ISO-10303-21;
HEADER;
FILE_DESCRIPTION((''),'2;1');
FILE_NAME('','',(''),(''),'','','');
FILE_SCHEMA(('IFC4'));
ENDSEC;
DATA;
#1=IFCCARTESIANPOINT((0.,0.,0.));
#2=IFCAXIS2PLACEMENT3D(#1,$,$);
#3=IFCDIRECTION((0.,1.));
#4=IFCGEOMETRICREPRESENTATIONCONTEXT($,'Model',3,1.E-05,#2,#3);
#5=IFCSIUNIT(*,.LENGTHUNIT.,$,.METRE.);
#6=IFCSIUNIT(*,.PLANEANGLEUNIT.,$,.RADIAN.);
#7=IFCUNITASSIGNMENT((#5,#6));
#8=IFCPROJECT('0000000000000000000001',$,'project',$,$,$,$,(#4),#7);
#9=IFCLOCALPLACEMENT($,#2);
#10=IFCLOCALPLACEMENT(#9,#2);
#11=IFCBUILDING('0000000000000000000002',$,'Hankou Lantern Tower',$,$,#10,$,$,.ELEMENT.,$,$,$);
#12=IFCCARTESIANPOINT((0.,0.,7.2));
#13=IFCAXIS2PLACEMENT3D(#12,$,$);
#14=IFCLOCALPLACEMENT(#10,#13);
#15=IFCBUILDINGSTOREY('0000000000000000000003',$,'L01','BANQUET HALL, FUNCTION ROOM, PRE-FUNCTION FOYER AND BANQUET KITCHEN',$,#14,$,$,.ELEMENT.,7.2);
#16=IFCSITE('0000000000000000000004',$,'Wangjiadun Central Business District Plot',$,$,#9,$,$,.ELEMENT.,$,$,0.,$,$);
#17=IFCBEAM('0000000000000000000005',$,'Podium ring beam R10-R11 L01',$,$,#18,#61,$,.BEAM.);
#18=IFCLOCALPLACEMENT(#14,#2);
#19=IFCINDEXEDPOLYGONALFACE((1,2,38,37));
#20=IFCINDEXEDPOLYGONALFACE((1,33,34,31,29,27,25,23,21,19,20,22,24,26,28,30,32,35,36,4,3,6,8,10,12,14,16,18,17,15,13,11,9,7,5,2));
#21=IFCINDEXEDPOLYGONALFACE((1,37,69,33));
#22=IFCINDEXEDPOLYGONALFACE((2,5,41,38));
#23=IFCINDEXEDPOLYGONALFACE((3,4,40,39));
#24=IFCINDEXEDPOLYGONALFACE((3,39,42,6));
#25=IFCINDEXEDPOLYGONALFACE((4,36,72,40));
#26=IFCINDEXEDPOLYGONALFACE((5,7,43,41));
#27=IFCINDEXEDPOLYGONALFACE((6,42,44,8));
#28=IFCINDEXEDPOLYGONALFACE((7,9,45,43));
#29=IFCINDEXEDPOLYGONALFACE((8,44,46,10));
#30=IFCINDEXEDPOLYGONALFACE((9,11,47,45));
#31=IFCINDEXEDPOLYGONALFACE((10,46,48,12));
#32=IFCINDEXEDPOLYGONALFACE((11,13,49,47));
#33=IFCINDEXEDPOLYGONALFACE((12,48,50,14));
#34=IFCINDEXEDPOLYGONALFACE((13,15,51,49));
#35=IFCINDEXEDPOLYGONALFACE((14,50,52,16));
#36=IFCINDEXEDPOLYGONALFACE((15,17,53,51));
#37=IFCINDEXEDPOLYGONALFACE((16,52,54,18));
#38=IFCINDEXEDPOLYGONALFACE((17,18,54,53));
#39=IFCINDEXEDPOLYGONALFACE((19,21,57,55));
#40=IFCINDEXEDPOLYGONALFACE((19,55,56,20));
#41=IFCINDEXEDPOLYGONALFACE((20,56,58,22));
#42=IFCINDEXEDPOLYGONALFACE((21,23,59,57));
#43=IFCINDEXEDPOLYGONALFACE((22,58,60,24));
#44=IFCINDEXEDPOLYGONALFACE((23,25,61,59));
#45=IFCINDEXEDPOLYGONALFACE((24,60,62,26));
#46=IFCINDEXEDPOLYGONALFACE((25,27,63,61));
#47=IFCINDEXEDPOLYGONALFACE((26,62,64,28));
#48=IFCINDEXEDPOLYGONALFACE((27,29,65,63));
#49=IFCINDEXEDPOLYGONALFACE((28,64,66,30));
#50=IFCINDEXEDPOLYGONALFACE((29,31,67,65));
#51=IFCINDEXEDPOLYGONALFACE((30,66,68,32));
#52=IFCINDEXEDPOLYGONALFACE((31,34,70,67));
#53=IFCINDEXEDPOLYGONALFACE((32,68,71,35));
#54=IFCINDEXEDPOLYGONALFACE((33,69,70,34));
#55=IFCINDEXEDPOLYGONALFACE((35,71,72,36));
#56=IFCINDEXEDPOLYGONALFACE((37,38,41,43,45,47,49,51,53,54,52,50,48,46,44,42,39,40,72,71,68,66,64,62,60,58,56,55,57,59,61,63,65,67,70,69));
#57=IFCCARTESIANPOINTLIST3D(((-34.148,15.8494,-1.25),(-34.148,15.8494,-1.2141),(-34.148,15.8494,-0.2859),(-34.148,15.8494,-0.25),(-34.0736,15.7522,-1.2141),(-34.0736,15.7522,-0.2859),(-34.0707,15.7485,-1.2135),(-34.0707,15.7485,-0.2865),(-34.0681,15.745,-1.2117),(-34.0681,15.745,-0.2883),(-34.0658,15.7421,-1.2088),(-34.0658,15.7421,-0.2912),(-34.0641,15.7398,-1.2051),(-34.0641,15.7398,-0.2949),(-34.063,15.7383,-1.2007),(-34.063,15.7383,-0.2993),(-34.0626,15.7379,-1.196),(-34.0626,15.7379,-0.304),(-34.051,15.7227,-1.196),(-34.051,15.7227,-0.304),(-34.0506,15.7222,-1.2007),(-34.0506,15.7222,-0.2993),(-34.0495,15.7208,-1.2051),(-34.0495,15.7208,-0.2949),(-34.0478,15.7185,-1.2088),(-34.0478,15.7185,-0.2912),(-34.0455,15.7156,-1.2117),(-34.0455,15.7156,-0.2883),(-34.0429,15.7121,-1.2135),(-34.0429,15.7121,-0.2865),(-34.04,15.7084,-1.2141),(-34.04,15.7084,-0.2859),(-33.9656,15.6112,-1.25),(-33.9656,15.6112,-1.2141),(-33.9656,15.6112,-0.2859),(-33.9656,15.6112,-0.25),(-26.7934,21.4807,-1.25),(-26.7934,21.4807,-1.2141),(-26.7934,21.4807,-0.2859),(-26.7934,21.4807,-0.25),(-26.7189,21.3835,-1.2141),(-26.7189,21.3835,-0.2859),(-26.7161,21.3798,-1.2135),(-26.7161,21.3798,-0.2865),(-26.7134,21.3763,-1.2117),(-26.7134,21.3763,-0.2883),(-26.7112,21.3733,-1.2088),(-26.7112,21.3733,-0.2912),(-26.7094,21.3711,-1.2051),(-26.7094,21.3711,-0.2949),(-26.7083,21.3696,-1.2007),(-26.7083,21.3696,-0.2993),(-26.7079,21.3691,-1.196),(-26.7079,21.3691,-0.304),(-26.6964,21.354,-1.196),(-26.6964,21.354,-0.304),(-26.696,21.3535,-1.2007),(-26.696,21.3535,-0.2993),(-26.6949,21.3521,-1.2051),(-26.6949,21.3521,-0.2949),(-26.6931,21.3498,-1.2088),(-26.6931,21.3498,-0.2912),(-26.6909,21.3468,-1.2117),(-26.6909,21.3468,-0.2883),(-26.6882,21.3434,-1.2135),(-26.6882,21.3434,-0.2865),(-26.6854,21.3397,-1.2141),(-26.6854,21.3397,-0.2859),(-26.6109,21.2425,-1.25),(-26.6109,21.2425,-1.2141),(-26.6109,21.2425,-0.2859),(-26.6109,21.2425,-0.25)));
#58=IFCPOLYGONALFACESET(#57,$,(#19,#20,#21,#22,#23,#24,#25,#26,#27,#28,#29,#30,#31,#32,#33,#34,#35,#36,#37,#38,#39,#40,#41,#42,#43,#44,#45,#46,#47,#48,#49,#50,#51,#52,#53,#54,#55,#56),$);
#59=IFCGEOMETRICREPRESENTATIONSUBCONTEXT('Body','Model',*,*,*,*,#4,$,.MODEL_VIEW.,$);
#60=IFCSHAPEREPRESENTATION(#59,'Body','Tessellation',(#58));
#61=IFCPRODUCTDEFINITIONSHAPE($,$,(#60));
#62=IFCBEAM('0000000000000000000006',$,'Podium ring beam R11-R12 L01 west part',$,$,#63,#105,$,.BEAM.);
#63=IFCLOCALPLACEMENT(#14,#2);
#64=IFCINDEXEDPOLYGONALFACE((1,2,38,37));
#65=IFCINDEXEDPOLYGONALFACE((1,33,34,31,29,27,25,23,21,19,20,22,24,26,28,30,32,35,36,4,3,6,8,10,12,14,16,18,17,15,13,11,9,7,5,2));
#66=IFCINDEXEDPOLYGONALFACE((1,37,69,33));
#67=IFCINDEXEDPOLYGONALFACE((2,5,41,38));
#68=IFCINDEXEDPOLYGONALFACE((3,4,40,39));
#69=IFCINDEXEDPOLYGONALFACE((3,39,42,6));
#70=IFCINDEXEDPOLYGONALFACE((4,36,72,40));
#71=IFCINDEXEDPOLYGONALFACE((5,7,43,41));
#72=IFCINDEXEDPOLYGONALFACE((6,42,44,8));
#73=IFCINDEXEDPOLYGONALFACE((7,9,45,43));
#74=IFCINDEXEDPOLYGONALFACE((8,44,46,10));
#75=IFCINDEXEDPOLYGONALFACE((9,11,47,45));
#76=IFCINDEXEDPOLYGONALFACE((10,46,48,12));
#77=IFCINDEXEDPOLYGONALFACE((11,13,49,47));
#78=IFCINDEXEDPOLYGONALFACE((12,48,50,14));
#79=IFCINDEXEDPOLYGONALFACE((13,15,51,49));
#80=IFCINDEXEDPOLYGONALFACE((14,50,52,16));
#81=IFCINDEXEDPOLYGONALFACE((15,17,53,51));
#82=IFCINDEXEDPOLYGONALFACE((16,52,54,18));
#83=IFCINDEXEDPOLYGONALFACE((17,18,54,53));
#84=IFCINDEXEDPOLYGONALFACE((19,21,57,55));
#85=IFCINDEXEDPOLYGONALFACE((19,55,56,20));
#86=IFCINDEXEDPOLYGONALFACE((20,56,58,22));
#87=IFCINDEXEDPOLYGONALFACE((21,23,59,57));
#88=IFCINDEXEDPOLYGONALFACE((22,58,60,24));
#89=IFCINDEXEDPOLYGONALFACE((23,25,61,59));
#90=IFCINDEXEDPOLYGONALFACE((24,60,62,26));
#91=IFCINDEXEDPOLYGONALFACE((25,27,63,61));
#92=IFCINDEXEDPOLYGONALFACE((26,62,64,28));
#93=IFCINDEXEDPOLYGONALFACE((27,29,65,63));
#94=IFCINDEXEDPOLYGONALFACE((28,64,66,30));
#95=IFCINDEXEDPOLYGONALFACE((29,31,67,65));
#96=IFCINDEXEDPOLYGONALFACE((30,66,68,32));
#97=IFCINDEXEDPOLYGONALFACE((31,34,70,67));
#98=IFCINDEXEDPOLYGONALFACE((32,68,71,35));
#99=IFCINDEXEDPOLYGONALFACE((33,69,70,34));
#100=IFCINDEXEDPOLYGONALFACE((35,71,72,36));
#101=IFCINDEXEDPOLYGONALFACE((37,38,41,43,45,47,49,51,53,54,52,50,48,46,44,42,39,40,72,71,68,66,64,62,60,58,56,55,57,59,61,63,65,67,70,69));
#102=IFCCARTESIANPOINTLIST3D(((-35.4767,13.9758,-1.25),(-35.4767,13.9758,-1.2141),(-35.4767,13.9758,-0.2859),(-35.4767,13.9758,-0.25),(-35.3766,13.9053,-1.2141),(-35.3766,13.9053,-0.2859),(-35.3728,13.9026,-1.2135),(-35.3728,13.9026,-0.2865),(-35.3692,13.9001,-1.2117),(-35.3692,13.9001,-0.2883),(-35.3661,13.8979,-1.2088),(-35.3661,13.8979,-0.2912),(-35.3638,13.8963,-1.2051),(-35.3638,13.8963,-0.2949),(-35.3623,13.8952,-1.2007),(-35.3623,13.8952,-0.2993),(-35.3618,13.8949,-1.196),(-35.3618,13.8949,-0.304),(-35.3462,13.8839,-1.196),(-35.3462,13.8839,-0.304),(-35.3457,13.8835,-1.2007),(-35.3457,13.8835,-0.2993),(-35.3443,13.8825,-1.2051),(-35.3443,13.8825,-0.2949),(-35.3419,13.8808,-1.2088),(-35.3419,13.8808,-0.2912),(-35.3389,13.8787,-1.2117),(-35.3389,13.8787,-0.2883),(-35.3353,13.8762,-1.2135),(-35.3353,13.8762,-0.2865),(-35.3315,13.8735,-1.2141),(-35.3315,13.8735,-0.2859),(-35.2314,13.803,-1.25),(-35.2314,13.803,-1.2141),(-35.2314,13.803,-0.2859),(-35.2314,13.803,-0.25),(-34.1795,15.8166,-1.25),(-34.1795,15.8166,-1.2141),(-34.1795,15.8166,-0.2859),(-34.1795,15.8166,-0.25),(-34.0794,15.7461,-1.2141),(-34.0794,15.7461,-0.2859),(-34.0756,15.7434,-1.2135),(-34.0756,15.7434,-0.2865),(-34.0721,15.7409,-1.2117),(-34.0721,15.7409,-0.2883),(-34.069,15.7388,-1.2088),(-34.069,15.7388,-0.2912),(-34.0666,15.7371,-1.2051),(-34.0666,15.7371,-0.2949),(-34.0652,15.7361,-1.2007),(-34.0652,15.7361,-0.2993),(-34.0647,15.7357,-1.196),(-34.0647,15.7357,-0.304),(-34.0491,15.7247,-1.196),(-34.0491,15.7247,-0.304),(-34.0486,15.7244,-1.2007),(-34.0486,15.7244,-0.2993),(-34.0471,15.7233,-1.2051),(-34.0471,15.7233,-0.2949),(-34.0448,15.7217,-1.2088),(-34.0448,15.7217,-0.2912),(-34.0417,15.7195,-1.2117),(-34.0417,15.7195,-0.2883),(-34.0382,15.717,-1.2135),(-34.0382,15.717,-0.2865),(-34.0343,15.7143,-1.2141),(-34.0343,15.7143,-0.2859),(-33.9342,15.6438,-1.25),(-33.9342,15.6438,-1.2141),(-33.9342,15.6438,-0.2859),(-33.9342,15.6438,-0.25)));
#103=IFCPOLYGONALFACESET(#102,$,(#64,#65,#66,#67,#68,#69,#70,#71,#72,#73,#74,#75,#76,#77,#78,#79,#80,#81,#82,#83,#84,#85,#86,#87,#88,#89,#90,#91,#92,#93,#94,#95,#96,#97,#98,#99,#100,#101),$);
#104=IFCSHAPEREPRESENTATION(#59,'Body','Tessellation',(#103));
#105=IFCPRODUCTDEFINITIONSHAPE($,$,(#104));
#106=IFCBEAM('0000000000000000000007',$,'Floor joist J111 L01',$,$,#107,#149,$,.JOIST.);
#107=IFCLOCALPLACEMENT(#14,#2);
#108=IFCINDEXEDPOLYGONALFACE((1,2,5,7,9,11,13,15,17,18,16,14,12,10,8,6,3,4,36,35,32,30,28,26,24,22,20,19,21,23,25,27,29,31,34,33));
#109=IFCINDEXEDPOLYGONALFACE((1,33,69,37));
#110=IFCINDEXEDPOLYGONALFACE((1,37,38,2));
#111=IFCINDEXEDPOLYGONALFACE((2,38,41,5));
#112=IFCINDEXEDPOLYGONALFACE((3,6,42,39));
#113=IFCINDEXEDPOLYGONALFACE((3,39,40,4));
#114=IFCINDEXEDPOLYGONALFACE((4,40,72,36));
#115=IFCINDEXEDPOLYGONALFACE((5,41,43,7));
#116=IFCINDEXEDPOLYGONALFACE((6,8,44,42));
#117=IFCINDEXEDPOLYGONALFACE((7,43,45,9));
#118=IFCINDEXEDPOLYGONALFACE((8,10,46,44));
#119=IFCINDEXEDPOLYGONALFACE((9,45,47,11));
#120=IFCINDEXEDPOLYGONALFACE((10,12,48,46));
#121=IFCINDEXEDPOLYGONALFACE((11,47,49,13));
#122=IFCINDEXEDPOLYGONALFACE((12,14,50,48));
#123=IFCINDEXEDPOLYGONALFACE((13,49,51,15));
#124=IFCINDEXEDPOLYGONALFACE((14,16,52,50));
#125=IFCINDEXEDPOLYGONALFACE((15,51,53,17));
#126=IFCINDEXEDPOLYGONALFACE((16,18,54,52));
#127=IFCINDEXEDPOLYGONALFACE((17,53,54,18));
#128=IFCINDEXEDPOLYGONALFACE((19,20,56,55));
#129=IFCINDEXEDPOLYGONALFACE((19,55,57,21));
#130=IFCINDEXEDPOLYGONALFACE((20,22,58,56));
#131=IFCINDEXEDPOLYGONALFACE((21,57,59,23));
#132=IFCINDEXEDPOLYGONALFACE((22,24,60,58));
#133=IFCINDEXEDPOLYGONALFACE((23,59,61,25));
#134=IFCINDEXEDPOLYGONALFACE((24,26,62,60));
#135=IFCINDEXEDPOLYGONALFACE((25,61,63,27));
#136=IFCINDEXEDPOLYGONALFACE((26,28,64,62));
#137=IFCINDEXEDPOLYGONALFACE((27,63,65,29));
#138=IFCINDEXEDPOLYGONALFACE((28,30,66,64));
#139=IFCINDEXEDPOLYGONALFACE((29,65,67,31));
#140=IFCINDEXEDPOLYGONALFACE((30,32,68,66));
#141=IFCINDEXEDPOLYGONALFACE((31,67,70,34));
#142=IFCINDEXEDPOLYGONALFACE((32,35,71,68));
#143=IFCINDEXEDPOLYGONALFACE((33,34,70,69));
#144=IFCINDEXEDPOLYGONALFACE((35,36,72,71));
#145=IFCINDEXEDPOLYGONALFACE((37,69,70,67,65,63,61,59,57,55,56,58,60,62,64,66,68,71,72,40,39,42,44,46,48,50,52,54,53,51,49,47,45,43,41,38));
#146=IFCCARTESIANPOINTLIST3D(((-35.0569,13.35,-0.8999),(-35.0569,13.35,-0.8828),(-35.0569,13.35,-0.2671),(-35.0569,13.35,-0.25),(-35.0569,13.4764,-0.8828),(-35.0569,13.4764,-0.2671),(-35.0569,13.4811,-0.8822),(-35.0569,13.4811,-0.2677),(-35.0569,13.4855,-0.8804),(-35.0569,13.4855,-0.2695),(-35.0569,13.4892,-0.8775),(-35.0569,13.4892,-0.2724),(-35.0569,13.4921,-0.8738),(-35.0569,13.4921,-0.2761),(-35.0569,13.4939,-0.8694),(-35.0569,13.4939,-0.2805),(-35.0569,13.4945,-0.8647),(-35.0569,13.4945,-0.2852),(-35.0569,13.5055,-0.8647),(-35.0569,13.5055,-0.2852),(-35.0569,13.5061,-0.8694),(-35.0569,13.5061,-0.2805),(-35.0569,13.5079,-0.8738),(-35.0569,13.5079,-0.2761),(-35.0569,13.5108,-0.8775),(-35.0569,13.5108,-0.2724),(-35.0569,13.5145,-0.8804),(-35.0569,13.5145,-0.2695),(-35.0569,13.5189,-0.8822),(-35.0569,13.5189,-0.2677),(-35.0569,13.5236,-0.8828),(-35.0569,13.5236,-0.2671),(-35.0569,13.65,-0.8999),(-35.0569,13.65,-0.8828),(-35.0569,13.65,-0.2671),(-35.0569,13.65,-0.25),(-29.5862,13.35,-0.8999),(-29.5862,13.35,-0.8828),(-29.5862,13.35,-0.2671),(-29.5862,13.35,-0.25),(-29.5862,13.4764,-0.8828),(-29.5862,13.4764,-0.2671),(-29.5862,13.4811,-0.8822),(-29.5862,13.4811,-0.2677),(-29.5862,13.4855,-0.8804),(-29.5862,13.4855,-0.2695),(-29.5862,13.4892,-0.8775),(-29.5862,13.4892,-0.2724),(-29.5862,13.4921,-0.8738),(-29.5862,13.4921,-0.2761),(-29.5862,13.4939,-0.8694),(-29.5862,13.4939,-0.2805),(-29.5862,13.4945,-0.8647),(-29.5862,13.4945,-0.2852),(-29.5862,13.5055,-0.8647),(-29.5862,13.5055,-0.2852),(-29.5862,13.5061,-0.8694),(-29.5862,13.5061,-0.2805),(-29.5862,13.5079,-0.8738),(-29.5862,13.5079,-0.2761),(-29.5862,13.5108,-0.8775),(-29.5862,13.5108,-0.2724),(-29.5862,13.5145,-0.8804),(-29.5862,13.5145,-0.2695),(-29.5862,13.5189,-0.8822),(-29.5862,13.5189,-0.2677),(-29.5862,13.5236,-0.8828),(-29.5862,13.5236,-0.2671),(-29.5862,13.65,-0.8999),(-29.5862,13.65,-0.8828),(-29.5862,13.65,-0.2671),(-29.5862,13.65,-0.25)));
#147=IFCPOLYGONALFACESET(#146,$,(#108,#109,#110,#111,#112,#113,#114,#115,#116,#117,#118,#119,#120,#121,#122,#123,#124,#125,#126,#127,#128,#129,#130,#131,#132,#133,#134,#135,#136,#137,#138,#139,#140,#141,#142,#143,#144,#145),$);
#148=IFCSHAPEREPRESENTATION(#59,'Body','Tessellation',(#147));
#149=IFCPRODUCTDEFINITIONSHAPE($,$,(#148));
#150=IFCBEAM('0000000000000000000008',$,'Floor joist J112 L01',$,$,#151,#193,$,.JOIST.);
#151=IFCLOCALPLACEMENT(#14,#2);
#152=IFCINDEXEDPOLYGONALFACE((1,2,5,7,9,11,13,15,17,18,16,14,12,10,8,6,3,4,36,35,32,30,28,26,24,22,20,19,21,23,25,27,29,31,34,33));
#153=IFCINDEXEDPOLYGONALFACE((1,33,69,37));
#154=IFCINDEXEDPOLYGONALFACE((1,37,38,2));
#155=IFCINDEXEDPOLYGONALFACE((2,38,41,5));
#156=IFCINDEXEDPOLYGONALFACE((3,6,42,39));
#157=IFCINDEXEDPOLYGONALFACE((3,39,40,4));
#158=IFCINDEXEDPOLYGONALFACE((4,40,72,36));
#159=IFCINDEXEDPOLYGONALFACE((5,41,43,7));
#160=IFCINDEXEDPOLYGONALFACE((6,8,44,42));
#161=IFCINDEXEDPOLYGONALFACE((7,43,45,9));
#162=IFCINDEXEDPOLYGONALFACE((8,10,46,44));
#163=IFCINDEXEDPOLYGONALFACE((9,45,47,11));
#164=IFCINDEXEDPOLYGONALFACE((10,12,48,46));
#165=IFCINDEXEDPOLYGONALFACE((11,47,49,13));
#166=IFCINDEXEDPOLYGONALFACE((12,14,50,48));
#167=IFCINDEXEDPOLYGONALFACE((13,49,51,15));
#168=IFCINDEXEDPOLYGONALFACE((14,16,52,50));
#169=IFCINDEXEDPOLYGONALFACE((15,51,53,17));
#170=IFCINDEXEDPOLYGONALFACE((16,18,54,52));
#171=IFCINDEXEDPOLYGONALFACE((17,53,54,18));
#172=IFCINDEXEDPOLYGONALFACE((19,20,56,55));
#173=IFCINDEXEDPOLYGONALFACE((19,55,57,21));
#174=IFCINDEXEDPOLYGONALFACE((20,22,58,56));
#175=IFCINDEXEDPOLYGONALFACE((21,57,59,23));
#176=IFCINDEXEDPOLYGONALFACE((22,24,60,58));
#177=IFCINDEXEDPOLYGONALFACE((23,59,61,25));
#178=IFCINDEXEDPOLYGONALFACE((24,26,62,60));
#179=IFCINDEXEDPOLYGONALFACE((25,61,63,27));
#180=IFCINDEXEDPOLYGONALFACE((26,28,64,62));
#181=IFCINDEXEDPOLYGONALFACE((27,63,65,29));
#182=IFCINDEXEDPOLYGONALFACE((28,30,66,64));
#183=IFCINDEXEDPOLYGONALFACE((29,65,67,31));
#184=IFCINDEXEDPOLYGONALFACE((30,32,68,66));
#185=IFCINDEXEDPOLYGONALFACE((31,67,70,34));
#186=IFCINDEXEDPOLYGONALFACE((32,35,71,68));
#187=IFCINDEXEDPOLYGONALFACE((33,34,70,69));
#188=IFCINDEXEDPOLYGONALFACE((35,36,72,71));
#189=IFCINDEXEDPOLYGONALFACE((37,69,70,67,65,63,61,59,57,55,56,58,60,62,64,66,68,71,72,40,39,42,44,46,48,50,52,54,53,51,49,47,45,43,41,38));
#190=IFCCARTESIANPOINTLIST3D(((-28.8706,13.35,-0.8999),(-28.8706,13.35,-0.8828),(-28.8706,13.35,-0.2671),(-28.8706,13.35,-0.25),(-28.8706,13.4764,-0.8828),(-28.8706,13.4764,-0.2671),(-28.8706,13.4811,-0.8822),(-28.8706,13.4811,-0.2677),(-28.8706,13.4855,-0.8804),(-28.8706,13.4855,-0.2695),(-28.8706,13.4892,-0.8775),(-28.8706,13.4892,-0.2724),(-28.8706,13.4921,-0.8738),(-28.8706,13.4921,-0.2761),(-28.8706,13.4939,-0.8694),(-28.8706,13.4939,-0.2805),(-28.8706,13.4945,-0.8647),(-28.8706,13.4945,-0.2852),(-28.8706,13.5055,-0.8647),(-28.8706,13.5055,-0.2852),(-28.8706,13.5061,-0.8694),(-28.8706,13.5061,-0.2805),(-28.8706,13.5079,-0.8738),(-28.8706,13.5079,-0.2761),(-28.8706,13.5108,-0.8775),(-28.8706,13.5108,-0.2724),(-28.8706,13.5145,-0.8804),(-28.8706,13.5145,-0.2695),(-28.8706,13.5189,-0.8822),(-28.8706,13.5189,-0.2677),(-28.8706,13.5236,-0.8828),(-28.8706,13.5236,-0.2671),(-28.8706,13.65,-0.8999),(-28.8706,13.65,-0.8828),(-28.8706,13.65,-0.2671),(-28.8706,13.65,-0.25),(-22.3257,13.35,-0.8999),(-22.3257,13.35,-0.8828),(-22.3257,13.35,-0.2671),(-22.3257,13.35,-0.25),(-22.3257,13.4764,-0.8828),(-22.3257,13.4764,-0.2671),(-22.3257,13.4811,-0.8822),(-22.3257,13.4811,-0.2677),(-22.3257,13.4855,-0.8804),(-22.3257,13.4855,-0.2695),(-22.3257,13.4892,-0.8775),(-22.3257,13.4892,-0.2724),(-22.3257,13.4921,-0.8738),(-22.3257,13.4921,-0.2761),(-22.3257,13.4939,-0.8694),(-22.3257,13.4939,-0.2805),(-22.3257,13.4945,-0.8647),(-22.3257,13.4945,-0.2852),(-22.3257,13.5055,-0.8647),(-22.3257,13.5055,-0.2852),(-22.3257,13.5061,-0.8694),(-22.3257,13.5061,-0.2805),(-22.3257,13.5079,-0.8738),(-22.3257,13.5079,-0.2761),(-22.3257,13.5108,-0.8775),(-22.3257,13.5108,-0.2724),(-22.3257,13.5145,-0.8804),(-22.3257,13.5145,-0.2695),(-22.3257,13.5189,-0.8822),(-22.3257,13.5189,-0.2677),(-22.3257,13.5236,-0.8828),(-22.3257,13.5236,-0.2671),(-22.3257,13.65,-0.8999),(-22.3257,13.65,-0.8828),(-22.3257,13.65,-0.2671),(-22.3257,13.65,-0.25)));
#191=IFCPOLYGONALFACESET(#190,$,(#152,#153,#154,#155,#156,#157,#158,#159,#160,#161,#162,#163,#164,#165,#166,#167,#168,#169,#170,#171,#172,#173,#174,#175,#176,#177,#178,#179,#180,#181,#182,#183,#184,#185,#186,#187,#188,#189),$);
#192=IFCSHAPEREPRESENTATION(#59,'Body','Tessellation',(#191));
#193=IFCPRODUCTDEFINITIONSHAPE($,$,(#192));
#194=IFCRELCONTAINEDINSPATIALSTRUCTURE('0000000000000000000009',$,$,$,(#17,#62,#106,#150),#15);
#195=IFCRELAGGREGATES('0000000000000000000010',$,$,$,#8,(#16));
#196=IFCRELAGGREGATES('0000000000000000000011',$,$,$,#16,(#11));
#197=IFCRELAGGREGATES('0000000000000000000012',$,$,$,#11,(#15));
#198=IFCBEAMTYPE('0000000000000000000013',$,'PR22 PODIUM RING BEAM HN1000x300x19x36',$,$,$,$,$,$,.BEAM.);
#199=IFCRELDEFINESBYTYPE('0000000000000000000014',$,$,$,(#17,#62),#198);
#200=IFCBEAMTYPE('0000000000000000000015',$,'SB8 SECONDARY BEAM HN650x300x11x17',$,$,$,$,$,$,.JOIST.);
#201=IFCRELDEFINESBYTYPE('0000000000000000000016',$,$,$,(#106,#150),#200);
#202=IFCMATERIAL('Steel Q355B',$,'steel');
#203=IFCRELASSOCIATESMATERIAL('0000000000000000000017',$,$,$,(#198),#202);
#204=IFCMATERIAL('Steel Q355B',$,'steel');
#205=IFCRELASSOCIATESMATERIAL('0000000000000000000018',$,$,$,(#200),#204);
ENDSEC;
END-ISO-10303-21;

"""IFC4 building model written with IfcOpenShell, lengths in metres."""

from ifc_helpers import new_model, si_unit, direction, frame, origin, origin_2d, place, context, subcontext, project, spatial, i_section, extrude, material, material_profile, profile_set, type_object, element, save


model = new_model("IFC4")

# Units and contexts
model_context = context("Model", 3, precision=1e-05, world=origin(), true_north=direction((0.0, 1.0)))
body_context = subcontext(model_context, "Body", "Model", "MODEL_VIEW")
ifc_project = project(units=[si_unit("LENGTHUNIT", "METRE"), si_unit("PLANEANGLEUNIT", "RADIAN")], contexts=[model_context])

# Site, building, storey
site_placement = place(None, origin())
site = spatial("IfcSite", under=ifc_project, at=site_placement, Name="Wangjiadun Central Business District Plot", CompositionType="ELEMENT", RefElevation=0.0)
building_placement = place(site_placement, origin())
building = spatial("IfcBuilding", under=site, at=building_placement, Name="Hankou Lantern Tower", CompositionType="ELEMENT")
storey_placement = place(building_placement, frame((0.0, 0.0, 7.2)))
storey = spatial("IfcBuildingStorey", under=building, at=storey_placement, Name="L01", Description="BANQUET HALL, FUNCTION ROOM, PRE-FUNCTION FOYER AND BANQUET KITCHEN", CompositionType="ELEMENT", Elevation=7.2)

# Beams
ifc_material_1 = material(Name="Steel Q355B", Category="steel")
ifc_material_profile_1 = material_profile(ifc_material_1, i_section(OverallWidth=0.3, OverallDepth=1.0, WebThickness=0.019, FlangeThickness=0.0359, FilletRadius=0.0181, at=origin_2d()), Name="HN1000x300x19x36")
ifc_profile_set_1 = profile_set([ifc_material_profile_1], Name="Steel Q355B")
beam_type_1 = type_object("IfcBeamType", Name="PR22 PODIUM RING BEAM HN1000x300x19x36", PredefinedType="BEAM", material=ifc_profile_set_1)
beam_1_placement = place(storey_placement, frame((-26.7021, 21.3616, -0.75), z_axis=(-0.793986, -0.607936, 0.0), x_axis=(0.607936, -0.793986, 0.0)))
element("IfcBeam", 1, at=beam_1_placement, inside=storey, type_object=beam_type_1, Name="Podium ring beam R10-R11 L01", PredefinedType="BEAM", context=body_context, shape_type="SweptSolid", body=[
    extrude(i_section(OverallWidth=0.3, OverallDepth=1.0, WebThickness=0.019, FlangeThickness=0.0359, FilletRadius=0.0181, at=origin_2d()), origin(), (0.0, 0.0, 1.0), 9.2629),
])
beam_2_placement = place(storey_placement, frame((-34.0569, 15.7302, -0.75), z_axis=(-0.576006, -0.817445, 0.0), x_axis=(0.817445, -0.576006, 0.0)))
element("IfcBeam", 2, at=beam_2_placement, inside=storey, type_object=beam_type_1, Name="Podium ring beam R11-R12 L01 west part", PredefinedType="BEAM", context=body_context, shape_type="SweptSolid", body=[
    extrude(i_section(OverallWidth=0.3, OverallDepth=1.0, WebThickness=0.019, FlangeThickness=0.0359, FilletRadius=0.0181, at=origin_2d()), origin(), (0.0, 0.0, 1.0), 2.252),
])
ifc_material_2 = material(Name="Steel Q355B", Category="steel")
ifc_material_profile_2 = material_profile(ifc_material_2, i_section(OverallWidth=0.3, OverallDepth=0.6499, WebThickness=0.011, FlangeThickness=0.0171, FilletRadius=0.0181, at=origin_2d()), Name="HN650x300x11x17")
ifc_profile_set_2 = profile_set([ifc_material_profile_2], Name="Steel Q355B")
beam_type_2 = type_object("IfcBeamType", Name="SB8 SECONDARY BEAM HN650x300x11x17", PredefinedType="JOIST", material=ifc_profile_set_2)
beam_3_placement = place(storey_placement, frame((-35.0569, 13.5, -0.575), z_axis=(1.0, 0.0, 0.0), x_axis=(0.0, 1.0, 0.0)))
element("IfcBeam", 3, at=beam_3_placement, inside=storey, type_object=beam_type_2, Name="Floor joist J111 L01", PredefinedType="JOIST", context=body_context, shape_type="SweptSolid", body=[
    extrude(i_section(OverallWidth=0.3, OverallDepth=0.6499, WebThickness=0.011, FlangeThickness=0.0171, FilletRadius=0.0181, at=origin_2d()), origin(), (0.0, 0.0, 1.0), 5.4707),
])
beam_4_placement = place(storey_placement, frame((-28.8706, 13.5, -0.575), z_axis=(1.0, 0.0, 0.0), x_axis=(0.0, 1.0, 0.0)))
element("IfcBeam", 4, at=beam_4_placement, inside=storey, type_object=beam_type_2, Name="Floor joist J112 L01", PredefinedType="JOIST", context=body_context, shape_type="SweptSolid", body=[
    extrude(i_section(OverallWidth=0.3, OverallDepth=0.6499, WebThickness=0.011, FlangeThickness=0.0171, FilletRadius=0.0181, at=origin_2d()), origin(), (0.0, 0.0, 1.0), 6.5449),
])

save(model, "model.ifc")
